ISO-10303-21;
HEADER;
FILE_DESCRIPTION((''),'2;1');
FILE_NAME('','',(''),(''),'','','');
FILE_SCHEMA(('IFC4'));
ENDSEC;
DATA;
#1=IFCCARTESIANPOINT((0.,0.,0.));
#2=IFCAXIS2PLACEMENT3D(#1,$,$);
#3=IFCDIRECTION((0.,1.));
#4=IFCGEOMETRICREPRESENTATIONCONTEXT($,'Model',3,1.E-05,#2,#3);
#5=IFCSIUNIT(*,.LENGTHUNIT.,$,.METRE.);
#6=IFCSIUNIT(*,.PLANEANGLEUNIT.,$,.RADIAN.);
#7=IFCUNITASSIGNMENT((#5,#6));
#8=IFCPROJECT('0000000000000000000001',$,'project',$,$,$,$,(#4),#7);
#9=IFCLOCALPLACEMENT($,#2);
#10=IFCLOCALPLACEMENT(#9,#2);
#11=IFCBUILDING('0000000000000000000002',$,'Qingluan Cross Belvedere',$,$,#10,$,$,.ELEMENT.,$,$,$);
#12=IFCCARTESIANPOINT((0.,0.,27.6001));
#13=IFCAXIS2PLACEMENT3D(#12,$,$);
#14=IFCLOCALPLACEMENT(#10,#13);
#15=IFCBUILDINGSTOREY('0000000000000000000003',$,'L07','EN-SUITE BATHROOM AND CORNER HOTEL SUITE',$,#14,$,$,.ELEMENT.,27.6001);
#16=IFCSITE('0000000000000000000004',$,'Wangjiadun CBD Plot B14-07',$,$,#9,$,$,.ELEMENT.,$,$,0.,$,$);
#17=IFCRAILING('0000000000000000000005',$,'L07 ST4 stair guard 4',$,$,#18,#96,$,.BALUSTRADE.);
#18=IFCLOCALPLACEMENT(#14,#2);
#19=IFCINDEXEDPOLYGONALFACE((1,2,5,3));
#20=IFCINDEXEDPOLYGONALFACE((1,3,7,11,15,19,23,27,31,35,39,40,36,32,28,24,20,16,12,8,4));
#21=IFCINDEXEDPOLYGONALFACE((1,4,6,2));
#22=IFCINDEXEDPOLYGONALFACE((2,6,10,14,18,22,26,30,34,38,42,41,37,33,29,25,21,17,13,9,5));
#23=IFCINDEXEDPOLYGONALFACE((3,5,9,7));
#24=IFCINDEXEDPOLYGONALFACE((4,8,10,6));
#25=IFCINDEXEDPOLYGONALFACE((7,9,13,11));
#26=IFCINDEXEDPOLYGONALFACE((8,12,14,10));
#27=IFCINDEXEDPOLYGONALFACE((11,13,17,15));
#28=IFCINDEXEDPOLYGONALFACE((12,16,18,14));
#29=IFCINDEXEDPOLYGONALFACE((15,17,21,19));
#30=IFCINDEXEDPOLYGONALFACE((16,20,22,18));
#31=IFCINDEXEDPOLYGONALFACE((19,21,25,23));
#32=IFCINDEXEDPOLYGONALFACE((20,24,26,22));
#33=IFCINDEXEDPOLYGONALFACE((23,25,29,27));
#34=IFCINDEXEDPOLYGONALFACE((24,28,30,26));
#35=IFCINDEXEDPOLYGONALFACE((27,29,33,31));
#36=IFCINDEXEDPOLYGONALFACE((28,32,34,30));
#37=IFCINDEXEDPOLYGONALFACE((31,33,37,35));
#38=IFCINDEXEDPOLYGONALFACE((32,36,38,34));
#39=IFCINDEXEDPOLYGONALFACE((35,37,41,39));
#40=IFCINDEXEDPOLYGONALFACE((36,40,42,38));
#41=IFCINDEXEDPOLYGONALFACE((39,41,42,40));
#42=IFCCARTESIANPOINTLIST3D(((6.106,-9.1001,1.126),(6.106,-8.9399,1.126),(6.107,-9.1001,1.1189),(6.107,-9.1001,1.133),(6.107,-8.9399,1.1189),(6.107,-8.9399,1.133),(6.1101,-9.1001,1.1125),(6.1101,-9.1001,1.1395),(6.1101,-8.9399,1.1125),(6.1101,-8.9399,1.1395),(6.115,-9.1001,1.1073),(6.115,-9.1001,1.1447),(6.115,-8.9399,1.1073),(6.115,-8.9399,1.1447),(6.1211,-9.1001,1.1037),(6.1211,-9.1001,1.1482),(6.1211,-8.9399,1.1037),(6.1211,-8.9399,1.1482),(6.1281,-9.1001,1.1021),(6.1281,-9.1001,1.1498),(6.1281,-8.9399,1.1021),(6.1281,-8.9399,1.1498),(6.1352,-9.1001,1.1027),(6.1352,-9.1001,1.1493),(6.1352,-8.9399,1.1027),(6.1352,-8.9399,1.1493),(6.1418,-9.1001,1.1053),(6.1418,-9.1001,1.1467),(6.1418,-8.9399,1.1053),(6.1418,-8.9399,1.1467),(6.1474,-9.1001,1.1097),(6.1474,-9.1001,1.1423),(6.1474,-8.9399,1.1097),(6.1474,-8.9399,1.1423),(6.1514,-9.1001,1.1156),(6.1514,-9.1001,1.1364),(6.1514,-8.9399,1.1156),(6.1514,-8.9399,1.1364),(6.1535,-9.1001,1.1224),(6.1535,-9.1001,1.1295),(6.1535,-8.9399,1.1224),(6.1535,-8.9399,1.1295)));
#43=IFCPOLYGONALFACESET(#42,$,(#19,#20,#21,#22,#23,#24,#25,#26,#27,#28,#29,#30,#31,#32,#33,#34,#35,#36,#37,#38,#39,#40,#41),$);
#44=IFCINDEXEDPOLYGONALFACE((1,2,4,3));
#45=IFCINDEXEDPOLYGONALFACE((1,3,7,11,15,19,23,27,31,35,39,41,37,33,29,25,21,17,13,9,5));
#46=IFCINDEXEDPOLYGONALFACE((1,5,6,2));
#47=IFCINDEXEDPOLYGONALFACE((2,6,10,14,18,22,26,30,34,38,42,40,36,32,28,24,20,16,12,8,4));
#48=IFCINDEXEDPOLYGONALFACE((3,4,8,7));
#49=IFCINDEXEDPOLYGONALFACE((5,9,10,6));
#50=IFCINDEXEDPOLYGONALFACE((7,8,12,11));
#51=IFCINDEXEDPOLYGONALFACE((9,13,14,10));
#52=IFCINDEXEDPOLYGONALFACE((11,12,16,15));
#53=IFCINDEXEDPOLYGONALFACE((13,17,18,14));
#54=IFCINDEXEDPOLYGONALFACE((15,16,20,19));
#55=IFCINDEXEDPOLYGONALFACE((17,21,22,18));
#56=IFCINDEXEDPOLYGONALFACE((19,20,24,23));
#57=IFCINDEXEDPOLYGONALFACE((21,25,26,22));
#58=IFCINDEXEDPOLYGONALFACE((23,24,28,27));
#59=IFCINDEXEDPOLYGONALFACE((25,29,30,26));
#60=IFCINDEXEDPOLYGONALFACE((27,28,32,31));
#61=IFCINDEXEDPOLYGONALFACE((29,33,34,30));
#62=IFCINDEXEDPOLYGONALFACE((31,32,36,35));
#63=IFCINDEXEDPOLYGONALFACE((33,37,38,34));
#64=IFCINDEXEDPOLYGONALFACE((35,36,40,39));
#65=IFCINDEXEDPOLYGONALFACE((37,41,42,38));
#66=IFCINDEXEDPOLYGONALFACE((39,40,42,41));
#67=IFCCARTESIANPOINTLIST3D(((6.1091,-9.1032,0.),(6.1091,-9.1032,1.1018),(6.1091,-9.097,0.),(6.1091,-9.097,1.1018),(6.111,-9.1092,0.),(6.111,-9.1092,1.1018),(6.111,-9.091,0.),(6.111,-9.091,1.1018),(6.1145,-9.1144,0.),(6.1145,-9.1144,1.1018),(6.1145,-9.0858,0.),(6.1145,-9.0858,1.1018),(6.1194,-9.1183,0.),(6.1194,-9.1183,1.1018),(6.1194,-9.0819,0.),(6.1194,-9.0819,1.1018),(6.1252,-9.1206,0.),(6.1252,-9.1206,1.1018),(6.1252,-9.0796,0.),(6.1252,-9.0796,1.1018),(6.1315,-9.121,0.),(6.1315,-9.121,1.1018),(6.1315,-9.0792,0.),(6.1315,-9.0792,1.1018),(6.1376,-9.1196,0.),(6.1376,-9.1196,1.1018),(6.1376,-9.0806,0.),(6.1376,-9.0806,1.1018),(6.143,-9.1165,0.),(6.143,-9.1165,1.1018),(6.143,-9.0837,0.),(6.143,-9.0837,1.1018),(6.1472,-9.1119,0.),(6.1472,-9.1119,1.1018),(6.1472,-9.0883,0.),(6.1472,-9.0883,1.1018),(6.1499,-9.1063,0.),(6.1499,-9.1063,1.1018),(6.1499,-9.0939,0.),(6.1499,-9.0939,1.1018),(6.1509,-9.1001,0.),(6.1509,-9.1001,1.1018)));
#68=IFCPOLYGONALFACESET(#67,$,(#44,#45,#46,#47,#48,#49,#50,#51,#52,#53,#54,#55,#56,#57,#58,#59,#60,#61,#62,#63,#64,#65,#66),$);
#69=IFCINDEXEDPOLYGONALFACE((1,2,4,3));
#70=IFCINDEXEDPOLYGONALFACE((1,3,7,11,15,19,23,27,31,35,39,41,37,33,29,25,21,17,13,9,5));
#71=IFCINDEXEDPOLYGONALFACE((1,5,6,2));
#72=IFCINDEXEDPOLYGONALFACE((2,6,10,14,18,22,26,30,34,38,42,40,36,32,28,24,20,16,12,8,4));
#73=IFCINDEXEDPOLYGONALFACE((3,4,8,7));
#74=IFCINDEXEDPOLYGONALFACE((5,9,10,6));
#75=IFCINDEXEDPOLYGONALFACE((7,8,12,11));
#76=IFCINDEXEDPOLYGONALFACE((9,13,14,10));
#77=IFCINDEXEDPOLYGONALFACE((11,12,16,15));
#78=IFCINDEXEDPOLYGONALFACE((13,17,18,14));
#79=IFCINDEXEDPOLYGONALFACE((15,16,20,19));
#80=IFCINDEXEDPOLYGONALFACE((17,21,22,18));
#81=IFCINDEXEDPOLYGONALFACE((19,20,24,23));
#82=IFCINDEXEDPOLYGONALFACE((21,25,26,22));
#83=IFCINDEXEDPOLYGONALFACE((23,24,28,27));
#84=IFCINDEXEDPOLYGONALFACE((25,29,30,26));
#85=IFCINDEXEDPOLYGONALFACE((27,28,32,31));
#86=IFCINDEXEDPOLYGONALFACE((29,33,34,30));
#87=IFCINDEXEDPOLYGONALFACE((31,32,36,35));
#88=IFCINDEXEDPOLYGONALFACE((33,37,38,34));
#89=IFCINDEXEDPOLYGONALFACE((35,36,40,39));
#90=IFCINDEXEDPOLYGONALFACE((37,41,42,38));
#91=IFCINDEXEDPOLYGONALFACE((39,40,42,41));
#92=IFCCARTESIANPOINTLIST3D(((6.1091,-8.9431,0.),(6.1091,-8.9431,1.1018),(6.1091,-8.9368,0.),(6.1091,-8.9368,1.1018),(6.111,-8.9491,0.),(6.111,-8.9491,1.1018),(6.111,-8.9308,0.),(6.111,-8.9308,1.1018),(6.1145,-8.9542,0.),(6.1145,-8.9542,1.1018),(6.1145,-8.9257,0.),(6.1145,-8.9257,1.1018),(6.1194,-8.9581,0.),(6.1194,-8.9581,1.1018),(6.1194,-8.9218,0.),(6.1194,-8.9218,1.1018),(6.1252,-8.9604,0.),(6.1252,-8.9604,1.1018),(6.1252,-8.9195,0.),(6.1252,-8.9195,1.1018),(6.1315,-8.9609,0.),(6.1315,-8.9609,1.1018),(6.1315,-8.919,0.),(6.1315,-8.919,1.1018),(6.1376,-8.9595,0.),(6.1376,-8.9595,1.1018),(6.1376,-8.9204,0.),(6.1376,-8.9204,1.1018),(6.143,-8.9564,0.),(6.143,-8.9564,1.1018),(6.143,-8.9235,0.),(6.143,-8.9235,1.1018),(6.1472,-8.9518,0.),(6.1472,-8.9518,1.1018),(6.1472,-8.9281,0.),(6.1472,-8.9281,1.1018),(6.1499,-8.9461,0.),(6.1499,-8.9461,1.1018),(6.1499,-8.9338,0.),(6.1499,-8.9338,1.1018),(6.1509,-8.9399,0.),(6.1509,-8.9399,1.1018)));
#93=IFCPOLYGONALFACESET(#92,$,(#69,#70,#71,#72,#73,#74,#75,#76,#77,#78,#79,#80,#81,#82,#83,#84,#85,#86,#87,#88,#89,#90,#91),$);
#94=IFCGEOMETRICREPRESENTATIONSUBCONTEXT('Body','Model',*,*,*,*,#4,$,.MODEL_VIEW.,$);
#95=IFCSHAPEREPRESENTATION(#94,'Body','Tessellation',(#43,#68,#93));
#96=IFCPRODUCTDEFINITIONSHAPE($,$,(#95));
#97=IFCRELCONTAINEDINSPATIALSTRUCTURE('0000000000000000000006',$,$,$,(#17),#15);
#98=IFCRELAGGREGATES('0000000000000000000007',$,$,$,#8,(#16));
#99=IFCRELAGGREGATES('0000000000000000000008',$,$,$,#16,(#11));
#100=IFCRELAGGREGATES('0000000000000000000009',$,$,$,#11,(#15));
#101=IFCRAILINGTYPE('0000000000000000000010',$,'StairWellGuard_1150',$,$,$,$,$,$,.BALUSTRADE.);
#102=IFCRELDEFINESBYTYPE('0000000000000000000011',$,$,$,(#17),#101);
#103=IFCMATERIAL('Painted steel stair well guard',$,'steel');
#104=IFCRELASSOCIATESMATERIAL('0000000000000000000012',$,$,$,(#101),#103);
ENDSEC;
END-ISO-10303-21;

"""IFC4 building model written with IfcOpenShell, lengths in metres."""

from ifc_helpers import new_model, si_unit, direction, frame, origin, origin_2d, place, context, subcontext, project, spatial, circle, extrude, material, type_object, element, save


model = new_model("IFC4")

# Units and contexts
model_context = context("Model", 3, precision=1e-05, world=origin(), true_north=direction((0.0, 1.0)))
body_context = subcontext(model_context, "Body", "Model", "MODEL_VIEW")
ifc_project = project(units=[si_unit("LENGTHUNIT", "METRE"), si_unit("PLANEANGLEUNIT", "RADIAN")], contexts=[model_context])

# Site, building, storey
site_placement = place(None, origin())
site = spatial("IfcSite", under=ifc_project, at=site_placement, Name="Wangjiadun CBD Plot B14-07", CompositionType="ELEMENT", RefElevation=0.0)
building_placement = place(site_placement, origin())
building = spatial("IfcBuilding", under=site, at=building_placement, Name="Qingluan Cross Belvedere", CompositionType="ELEMENT")
storey_placement = place(building_placement, frame((0.0, 0.0, 27.6001)))
storey = spatial("IfcBuildingStorey", under=building, at=storey_placement, Name="L07", Description="EN-SUITE BATHROOM AND CORNER HOTEL SUITE", CompositionType="ELEMENT", Elevation=27.6001)

# Railing
ifc_material_1 = material(Name="Painted steel stair well guard", Category="steel")
railing_type_1 = type_object("IfcRailingType", Name="StairWellGuard_1150", PredefinedType="BALUSTRADE", material=ifc_material_1)
railing_1_placement = place(storey_placement, frame((6.1299, -9.1001, 0.0)))
element("IfcRailing", 1, at=railing_1_placement, inside=storey, type_object=railing_type_1, Name="L07 ST4 stair guard 4", PredefinedType="BALUSTRADE", context=body_context, shape_type="SweptSolid", body=[
    extrude(circle(Radius=0.0239, at=origin_2d()), frame((0.0, 0.0, 1.126), z_axis=(0.0, 1.0, 0.0), x_axis=(-1.0, 0.0, 0.0)), (0.0, 0.0, 1.0), 0.1602),
    extrude(circle(Radius=0.021, at=origin_2d()), origin(), (0.0, 0.0, 1.0), 1.1018),
    extrude(circle(Radius=0.021, at=origin_2d()), frame((0.0, 0.1602, 0.0)), (0.0, 0.0, 1.0), 1.1018),
])

save(model, "model.ifc")
